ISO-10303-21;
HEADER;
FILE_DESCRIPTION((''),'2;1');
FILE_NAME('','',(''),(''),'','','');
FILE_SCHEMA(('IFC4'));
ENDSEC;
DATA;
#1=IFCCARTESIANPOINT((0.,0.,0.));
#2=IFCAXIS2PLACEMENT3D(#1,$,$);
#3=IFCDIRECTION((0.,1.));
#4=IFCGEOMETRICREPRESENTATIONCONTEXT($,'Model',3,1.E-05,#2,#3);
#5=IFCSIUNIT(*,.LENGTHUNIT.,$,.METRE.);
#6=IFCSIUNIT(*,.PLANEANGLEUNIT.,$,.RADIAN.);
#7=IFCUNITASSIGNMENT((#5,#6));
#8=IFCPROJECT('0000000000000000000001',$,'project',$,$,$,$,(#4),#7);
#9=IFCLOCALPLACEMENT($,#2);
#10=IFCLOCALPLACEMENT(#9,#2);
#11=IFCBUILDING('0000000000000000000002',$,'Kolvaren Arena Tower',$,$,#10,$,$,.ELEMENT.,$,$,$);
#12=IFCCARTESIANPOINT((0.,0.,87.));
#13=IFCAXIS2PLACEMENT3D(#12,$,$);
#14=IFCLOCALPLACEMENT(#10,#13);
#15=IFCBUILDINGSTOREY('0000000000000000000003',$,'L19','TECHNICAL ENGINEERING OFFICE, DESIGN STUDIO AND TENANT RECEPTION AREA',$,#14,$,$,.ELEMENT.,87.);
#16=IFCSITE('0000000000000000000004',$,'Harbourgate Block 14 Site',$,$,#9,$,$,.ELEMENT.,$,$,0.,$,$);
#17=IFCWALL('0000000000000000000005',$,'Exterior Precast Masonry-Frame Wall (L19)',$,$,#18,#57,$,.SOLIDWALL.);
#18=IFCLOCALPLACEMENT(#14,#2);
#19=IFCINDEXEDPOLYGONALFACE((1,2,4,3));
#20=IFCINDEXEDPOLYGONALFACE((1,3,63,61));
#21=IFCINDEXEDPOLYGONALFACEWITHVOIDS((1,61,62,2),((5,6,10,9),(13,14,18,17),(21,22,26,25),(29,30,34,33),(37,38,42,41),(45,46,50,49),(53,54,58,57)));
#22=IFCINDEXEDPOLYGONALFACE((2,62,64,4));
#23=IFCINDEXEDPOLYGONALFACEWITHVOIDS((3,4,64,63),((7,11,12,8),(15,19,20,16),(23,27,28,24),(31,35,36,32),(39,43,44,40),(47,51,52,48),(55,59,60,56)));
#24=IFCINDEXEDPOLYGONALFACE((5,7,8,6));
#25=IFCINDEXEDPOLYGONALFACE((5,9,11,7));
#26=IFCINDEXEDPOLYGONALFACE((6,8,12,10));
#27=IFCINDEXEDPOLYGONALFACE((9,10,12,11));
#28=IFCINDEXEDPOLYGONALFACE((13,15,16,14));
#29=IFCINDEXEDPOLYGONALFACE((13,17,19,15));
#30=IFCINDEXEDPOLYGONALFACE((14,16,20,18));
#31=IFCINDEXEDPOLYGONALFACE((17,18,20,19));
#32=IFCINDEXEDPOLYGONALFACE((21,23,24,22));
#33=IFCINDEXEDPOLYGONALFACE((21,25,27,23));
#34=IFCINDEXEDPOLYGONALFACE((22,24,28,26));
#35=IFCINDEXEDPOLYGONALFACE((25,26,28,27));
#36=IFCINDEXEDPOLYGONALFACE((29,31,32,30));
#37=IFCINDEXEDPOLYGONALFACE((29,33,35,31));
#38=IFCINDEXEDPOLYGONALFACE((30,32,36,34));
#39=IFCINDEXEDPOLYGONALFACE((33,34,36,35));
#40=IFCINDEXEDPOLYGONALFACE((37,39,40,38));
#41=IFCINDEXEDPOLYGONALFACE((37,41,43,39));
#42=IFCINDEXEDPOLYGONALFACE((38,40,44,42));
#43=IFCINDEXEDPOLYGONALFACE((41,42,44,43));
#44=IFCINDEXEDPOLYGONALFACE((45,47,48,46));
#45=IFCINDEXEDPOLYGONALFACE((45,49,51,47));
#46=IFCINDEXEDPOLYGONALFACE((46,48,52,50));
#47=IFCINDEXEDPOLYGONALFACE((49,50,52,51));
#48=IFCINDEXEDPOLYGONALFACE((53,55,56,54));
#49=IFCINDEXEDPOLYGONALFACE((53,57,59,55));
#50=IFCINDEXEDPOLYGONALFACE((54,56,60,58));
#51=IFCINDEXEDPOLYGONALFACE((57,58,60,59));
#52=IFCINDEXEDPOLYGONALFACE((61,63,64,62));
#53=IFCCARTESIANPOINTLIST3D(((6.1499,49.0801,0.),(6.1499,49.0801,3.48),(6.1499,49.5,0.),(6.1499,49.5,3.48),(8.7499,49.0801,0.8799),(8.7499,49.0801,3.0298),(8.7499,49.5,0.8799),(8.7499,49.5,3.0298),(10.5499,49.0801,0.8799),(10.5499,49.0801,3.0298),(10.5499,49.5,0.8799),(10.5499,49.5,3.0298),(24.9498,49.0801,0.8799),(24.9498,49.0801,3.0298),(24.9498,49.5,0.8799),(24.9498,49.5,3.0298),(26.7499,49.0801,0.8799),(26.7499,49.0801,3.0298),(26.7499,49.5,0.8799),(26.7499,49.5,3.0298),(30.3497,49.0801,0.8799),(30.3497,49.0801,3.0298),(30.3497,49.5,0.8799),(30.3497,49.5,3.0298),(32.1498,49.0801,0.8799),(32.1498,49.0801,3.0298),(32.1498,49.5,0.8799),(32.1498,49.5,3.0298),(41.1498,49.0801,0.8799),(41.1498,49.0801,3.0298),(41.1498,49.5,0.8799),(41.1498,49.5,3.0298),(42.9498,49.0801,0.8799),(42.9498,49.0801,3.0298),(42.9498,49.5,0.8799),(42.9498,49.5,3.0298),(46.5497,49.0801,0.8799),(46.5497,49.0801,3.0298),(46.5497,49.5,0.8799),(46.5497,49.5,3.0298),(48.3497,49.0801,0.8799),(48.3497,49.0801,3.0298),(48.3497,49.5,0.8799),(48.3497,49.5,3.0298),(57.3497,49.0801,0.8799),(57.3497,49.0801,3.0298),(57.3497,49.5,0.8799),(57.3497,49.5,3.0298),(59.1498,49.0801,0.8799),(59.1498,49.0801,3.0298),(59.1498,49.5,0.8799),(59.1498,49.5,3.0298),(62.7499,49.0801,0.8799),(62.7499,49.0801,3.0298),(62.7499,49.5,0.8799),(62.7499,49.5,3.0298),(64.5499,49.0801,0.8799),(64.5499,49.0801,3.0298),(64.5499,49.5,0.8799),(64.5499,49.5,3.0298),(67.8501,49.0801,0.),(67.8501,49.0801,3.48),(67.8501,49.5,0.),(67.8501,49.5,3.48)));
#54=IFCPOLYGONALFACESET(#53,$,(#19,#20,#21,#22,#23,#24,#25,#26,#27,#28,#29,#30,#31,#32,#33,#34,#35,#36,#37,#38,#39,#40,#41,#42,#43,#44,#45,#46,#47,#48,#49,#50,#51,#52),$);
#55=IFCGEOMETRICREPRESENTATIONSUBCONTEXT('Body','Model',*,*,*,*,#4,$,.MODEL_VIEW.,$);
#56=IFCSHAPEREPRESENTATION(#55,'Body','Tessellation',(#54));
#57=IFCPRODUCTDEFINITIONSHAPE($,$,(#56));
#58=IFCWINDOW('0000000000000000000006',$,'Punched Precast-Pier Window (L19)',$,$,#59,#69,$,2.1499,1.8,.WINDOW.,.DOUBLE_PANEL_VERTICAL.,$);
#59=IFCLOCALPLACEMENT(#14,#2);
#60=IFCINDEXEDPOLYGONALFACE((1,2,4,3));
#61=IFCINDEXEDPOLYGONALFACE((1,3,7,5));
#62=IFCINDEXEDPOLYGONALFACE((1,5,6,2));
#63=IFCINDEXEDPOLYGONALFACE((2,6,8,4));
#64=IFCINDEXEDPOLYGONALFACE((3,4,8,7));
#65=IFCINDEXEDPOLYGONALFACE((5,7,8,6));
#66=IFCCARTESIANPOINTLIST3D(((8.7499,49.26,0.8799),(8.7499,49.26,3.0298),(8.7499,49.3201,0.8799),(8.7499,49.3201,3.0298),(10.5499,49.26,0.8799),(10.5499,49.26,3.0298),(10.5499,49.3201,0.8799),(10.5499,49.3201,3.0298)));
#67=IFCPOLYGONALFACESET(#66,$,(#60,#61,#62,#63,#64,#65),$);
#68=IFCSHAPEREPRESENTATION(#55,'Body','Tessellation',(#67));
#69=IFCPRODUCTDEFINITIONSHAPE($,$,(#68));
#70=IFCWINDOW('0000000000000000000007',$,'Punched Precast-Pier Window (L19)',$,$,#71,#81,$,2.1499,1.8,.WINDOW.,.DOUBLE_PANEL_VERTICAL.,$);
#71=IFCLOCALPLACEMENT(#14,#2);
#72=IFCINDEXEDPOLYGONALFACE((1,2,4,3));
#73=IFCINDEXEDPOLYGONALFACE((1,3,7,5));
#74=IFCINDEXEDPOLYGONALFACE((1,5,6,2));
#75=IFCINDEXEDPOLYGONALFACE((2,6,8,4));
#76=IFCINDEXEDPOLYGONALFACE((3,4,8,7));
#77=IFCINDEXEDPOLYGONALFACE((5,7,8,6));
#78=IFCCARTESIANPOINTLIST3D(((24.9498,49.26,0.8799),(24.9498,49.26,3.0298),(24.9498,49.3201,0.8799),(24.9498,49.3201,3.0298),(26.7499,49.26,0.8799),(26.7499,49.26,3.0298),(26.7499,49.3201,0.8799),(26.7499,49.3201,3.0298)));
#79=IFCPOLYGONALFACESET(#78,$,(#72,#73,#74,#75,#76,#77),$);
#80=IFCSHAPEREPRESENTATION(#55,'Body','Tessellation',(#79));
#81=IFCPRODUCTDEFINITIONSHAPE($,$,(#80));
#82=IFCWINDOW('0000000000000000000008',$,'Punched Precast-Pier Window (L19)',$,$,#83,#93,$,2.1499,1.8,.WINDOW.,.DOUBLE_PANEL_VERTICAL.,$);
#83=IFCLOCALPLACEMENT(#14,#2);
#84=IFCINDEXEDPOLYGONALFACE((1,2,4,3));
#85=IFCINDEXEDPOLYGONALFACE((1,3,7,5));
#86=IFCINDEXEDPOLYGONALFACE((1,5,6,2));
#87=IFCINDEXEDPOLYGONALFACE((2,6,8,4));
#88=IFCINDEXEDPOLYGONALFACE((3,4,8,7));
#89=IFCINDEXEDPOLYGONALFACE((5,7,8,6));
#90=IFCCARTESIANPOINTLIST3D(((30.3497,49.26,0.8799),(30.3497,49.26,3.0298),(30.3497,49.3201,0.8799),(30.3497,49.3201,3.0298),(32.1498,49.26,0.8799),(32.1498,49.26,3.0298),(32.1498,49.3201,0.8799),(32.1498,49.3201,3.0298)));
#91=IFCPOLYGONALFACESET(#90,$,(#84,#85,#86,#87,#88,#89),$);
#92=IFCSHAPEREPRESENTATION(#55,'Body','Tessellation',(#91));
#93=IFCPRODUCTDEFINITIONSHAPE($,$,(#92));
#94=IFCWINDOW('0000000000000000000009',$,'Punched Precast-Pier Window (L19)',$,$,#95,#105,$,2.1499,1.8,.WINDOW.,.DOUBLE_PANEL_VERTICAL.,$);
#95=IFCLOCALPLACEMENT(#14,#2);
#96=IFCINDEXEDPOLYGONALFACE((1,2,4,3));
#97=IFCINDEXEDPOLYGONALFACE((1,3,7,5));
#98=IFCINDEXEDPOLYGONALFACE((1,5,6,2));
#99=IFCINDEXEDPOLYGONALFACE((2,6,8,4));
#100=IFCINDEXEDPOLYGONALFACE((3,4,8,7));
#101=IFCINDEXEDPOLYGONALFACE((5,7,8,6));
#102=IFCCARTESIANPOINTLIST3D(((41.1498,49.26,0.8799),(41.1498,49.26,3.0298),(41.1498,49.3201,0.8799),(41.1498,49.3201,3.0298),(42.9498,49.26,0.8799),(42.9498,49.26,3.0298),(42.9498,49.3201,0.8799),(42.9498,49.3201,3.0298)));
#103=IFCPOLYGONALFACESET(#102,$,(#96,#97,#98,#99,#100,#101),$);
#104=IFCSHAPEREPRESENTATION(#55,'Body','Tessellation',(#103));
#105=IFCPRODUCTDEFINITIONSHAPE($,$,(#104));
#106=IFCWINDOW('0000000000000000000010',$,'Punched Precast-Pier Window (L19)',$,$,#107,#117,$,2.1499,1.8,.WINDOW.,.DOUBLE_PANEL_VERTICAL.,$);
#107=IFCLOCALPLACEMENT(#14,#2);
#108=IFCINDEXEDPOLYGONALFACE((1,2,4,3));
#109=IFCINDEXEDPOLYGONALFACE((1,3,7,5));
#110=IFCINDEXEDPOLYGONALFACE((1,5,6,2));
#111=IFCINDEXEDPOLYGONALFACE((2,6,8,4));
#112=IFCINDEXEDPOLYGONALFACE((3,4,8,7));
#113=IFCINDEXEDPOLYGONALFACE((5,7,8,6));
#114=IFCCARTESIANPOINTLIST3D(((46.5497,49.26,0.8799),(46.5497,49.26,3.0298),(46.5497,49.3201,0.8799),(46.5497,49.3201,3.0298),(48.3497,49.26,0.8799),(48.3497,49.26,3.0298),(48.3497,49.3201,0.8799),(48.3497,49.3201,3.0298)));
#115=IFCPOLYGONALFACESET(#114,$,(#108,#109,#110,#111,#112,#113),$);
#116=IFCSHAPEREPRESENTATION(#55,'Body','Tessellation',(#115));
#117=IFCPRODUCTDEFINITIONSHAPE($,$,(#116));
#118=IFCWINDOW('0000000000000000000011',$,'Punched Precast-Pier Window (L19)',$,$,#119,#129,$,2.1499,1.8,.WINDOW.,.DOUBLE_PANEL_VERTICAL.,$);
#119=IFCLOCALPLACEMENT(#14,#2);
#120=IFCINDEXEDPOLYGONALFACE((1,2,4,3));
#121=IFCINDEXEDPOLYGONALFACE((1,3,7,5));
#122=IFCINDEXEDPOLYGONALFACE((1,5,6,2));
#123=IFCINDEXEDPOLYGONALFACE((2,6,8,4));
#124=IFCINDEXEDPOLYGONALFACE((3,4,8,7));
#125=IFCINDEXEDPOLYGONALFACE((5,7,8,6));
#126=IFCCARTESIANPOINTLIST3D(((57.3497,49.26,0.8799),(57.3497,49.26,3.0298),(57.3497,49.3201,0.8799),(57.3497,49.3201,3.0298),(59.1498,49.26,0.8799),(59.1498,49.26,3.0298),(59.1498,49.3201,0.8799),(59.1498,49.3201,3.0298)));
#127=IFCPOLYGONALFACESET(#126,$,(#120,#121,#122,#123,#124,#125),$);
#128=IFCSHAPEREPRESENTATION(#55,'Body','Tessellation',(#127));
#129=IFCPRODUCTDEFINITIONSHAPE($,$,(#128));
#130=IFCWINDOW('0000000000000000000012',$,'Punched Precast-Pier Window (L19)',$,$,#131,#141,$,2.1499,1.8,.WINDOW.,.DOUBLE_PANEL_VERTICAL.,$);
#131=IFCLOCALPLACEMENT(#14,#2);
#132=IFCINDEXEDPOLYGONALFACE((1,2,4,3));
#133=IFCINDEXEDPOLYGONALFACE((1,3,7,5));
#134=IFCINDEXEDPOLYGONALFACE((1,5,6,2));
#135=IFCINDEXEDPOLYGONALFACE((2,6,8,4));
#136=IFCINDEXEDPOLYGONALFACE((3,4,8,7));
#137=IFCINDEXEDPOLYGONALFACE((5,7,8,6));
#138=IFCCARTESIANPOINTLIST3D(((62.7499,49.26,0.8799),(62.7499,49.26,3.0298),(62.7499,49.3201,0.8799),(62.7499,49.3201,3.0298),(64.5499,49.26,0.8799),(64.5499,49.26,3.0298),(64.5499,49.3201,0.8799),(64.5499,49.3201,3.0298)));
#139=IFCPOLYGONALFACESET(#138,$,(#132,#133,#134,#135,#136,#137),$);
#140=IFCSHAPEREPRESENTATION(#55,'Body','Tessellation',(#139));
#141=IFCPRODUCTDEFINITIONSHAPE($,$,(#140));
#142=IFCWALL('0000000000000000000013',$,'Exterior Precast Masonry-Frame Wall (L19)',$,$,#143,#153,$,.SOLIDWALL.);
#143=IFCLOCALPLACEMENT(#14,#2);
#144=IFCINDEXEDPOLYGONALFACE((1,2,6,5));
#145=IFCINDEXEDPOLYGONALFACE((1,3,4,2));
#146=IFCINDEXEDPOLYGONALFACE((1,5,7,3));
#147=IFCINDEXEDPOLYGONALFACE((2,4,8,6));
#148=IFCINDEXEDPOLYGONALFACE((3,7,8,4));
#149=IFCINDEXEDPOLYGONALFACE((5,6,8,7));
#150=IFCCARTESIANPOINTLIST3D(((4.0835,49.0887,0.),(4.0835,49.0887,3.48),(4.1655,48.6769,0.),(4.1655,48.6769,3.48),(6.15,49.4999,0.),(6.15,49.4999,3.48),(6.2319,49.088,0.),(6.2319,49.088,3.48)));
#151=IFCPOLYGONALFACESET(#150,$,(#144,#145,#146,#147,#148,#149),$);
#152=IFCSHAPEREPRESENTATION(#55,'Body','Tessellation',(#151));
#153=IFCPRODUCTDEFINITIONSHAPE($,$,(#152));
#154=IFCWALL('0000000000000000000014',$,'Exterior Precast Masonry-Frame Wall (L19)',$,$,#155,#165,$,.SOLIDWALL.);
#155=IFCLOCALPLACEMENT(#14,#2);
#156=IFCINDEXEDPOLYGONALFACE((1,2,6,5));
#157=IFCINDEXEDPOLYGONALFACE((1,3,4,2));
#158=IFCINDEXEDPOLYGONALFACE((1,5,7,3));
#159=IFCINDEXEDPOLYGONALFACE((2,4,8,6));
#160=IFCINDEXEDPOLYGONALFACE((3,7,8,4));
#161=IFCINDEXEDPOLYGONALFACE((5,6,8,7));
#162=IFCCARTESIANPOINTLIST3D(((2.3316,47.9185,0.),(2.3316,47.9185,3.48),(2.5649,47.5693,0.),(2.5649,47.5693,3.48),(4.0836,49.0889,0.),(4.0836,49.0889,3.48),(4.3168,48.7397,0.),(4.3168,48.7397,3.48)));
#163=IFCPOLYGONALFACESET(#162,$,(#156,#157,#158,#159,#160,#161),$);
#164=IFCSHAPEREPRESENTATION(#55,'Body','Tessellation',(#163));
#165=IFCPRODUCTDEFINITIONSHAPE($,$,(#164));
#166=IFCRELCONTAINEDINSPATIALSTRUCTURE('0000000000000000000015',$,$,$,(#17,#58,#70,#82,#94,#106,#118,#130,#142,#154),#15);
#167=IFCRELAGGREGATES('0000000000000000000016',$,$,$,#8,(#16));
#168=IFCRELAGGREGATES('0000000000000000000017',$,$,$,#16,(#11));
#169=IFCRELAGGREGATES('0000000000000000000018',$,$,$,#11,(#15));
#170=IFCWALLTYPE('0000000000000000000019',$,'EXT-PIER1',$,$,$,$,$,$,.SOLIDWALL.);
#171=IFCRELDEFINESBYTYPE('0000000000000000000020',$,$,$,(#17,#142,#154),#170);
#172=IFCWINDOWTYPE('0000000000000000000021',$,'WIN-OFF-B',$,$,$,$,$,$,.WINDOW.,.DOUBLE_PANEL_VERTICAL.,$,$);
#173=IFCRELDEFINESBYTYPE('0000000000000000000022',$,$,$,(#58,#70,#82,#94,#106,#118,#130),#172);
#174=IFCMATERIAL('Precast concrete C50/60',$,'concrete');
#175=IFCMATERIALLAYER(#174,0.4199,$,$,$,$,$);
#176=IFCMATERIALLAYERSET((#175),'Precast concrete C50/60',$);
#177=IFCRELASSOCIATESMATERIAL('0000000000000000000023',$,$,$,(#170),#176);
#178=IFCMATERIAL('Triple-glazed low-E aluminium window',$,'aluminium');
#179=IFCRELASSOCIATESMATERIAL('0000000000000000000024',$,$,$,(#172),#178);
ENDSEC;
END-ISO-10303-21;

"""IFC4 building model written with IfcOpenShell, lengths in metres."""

from ifc_helpers import new_model, si_unit, direction, frame, frame_2d, origin, place, context, subcontext, project, spatial, rectangle, extrude, material, layer, layer_set, type_object, element, fill, save


model = new_model("IFC4")

# Units and contexts
model_context = context("Model", 3, precision=1e-05, world=origin(), true_north=direction((0.0, 1.0)))
body_context = subcontext(model_context, "Body", "Model", "MODEL_VIEW")
ifc_project = project(units=[si_unit("LENGTHUNIT", "METRE"), si_unit("PLANEANGLEUNIT", "RADIAN")], contexts=[model_context])

# Site, building, storey
site_placement = place(None, origin())
site = spatial("IfcSite", under=ifc_project, at=site_placement, Name="Harbourgate Block 14 Site", CompositionType="ELEMENT", RefElevation=0.0)
building_placement = place(site_placement, origin())
building = spatial("IfcBuilding", under=site, at=building_placement, Name="Kolvaren Arena Tower", CompositionType="ELEMENT")
storey_placement = place(building_placement, frame((0.0, 0.0, 87.0)))
storey = spatial("IfcBuildingStorey", under=building, at=storey_placement, Name="L19", Description="TECHNICAL ENGINEERING OFFICE, DESIGN STUDIO AND TENANT RECEPTION AREA", CompositionType="ELEMENT", Elevation=87.0)

# Wall, openings, windows
ifc_material_1 = material(Name="Precast concrete C50/60", Category="concrete")
ifc_layer_1 = layer(ifc_material_1, 0.4199)
ifc_layer_set_1 = layer_set([ifc_layer_1], Name="Precast concrete C50/60")
wall_type_1 = type_object("IfcWallType", Name="EXT-PIER1", PredefinedType="SOLIDWALL", material=ifc_layer_set_1)
wall_1_placement = place(storey_placement, frame((6.1499, 49.29, 0.0), z_axis=(0.0, 0.0, 1.0), x_axis=(1.0, 0.0, 0.0)))
wall_1 = element("IfcWall", 1, at=wall_1_placement, inside=storey, type_object=wall_type_1, Name="Exterior Precast Masonry-Frame Wall (L19)", PredefinedType="SOLIDWALL", context=body_context, shape_type="SweptSolid", body=[
    extrude(rectangle(XDim=61.7002, YDim=0.4199, at=frame_2d((30.8501, 0.0))), origin(), (0.0, 0.0, 1.0), 3.48),
])
opening_1_placement = place(wall_1_placement, frame((2.6001, 0.0, 0.8799)))
opening_1 = element("IfcOpeningElement", 2, at=opening_1_placement, cuts=wall_1, PredefinedType="OPENING", context=body_context, shape_type="SweptSolid", body=[
    extrude(rectangle(XDim=1.8, YDim=2.1499, at=frame_2d((0.8999, 1.075))), frame((0.0, 0.22, 0.0), z_axis=(0.0, -1.0, 0.0), x_axis=(1.0, 0.0, 0.0)), (0.0, 0.0, 1.0), 0.4399),
])
opening_2_placement = place(wall_1_placement, frame((18.8, 0.0, 0.8799)))
opening_2 = element("IfcOpeningElement", 3, at=opening_2_placement, cuts=wall_1, PredefinedType="OPENING", context=body_context, shape_type="SweptSolid", body=[
    extrude(rectangle(XDim=1.8, YDim=2.1499, at=frame_2d((0.8999, 1.075))), frame((0.0, 0.22, 0.0), z_axis=(0.0, -1.0, 0.0), x_axis=(1.0, 0.0, 0.0)), (0.0, 0.0, 1.0), 0.4399),
])
opening_3_placement = place(wall_1_placement, frame((24.2, 0.0, 0.8799)))
opening_3 = element("IfcOpeningElement", 4, at=opening_3_placement, cuts=wall_1, PredefinedType="OPENING", context=body_context, shape_type="SweptSolid", body=[
    extrude(rectangle(XDim=1.8, YDim=2.1499, at=frame_2d((0.8999, 1.075))), frame((0.0, 0.22, 0.0), z_axis=(0.0, -1.0, 0.0), x_axis=(1.0, 0.0, 0.0)), (0.0, 0.0, 1.0), 0.4399),
])
opening_4_placement = place(wall_1_placement, frame((35.0, 0.0, 0.8799)))
opening_4 = element("IfcOpeningElement", 5, at=opening_4_placement, cuts=wall_1, PredefinedType="OPENING", context=body_context, shape_type="SweptSolid", body=[
    extrude(rectangle(XDim=1.8, YDim=2.1499, at=frame_2d((0.8999, 1.075))), frame((0.0, 0.22, 0.0), z_axis=(0.0, -1.0, 0.0), x_axis=(1.0, 0.0, 0.0)), (0.0, 0.0, 1.0), 0.4399),
])
opening_5_placement = place(wall_1_placement, frame((40.3999, 0.0, 0.8799)))
opening_5 = element("IfcOpeningElement", 6, at=opening_5_placement, cuts=wall_1, PredefinedType="OPENING", context=body_context, shape_type="SweptSolid", body=[
    extrude(rectangle(XDim=1.8, YDim=2.1499, at=frame_2d((0.8999, 1.075))), frame((0.0, 0.22, 0.0), z_axis=(0.0, -1.0, 0.0), x_axis=(1.0, 0.0, 0.0)), (0.0, 0.0, 1.0), 0.4399),
])
opening_6_placement = place(wall_1_placement, frame((51.2, 0.0, 0.8799)))
opening_6 = element("IfcOpeningElement", 7, at=opening_6_placement, cuts=wall_1, PredefinedType="OPENING", context=body_context, shape_type="SweptSolid", body=[
    extrude(rectangle(XDim=1.8, YDim=2.1499, at=frame_2d((0.8999, 1.075))), frame((0.0, 0.22, 0.0), z_axis=(0.0, -1.0, 0.0), x_axis=(1.0, 0.0, 0.0)), (0.0, 0.0, 1.0), 0.4399),
])
opening_7_placement = place(wall_1_placement, frame((56.6001, 0.0, 0.8799)))
opening_7 = element("IfcOpeningElement", 8, at=opening_7_placement, cuts=wall_1, PredefinedType="OPENING", context=body_context, shape_type="SweptSolid", body=[
    extrude(rectangle(XDim=1.8, YDim=2.1499, at=frame_2d((0.8999, 1.075))), frame((0.0, 0.22, 0.0), z_axis=(0.0, -1.0, 0.0), x_axis=(1.0, 0.0, 0.0)), (0.0, 0.0, 1.0), 0.4399),
])
ifc_material_2 = material(Name="Triple-glazed low-E aluminium window", Category="aluminium")
window_type = type_object("IfcWindowType", Name="WIN-OFF-B", PartitioningType="DOUBLE_PANEL_VERTICAL", PredefinedType="WINDOW", material=ifc_material_2)
window_1_placement = place(opening_1_placement, origin())
window_1 = element("IfcWindow", 9, at=window_1_placement, inside=storey, type_object=window_type, Name="Punched Precast-Pier Window (L19)", OverallHeight=2.1499, OverallWidth=1.8, PartitioningType="DOUBLE_PANEL_VERTICAL", PredefinedType="WINDOW", context=body_context, shape_type="SweptSolid", body=[
    extrude(rectangle(XDim=1.8, YDim=2.1499, at=frame_2d((0.8999, 1.075))), frame((0.0, 0.03, 0.0), z_axis=(0.0, -1.0, 0.0), x_axis=(1.0, 0.0, 0.0)), (0.0, 0.0, 1.0), 0.0601),
])
fill(opening_1, window_1)
window_2_placement = place(opening_2_placement, origin())
window_2 = element("IfcWindow", 10, at=window_2_placement, inside=storey, type_object=window_type, Name="Punched Precast-Pier Window (L19)", OverallHeight=2.1499, OverallWidth=1.8, PartitioningType="DOUBLE_PANEL_VERTICAL", PredefinedType="WINDOW", context=body_context, shape_type="SweptSolid", body=[
    extrude(rectangle(XDim=1.8, YDim=2.1499, at=frame_2d((0.8999, 1.075))), frame((0.0, 0.03, 0.0), z_axis=(0.0, -1.0, 0.0), x_axis=(1.0, 0.0, 0.0)), (0.0, 0.0, 1.0), 0.0601),
])
fill(opening_2, window_2)
window_3_placement = place(opening_3_placement, origin())
window_3 = element("IfcWindow", 11, at=window_3_placement, inside=storey, type_object=window_type, Name="Punched Precast-Pier Window (L19)", OverallHeight=2.1499, OverallWidth=1.8, PartitioningType="DOUBLE_PANEL_VERTICAL", PredefinedType="WINDOW", context=body_context, shape_type="SweptSolid", body=[
    extrude(rectangle(XDim=1.8, YDim=2.1499, at=frame_2d((0.8999, 1.075))), frame((0.0, 0.03, 0.0), z_axis=(0.0, -1.0, 0.0), x_axis=(1.0, 0.0, 0.0)), (0.0, 0.0, 1.0), 0.0601),
])
fill(opening_3, window_3)
window_4_placement = place(opening_4_placement, origin())
window_4 = element("IfcWindow", 12, at=window_4_placement, inside=storey, type_object=window_type, Name="Punched Precast-Pier Window (L19)", OverallHeight=2.1499, OverallWidth=1.8, PartitioningType="DOUBLE_PANEL_VERTICAL", PredefinedType="WINDOW", context=body_context, shape_type="SweptSolid", body=[
    extrude(rectangle(XDim=1.8, YDim=2.1499, at=frame_2d((0.8999, 1.075))), frame((0.0, 0.03, 0.0), z_axis=(0.0, -1.0, 0.0), x_axis=(1.0, 0.0, 0.0)), (0.0, 0.0, 1.0), 0.0601),
])
fill(opening_4, window_4)
window_5_placement = place(opening_5_placement, origin())
window_5 = element("IfcWindow", 13, at=window_5_placement, inside=storey, type_object=window_type, Name="Punched Precast-Pier Window (L19)", OverallHeight=2.1499, OverallWidth=1.8, PartitioningType="DOUBLE_PANEL_VERTICAL", PredefinedType="WINDOW", context=body_context, shape_type="SweptSolid", body=[
    extrude(rectangle(XDim=1.8, YDim=2.1499, at=frame_2d((0.8999, 1.075))), frame((0.0, 0.03, 0.0), z_axis=(0.0, -1.0, 0.0), x_axis=(1.0, 0.0, 0.0)), (0.0, 0.0, 1.0), 0.0601),
])
fill(opening_5, window_5)
window_6_placement = place(opening_6_placement, origin())
window_6 = element("IfcWindow", 14, at=window_6_placement, inside=storey, type_object=window_type, Name="Punched Precast-Pier Window (L19)", OverallHeight=2.1499, OverallWidth=1.8, PartitioningType="DOUBLE_PANEL_VERTICAL", PredefinedType="WINDOW", context=body_context, shape_type="SweptSolid", body=[
    extrude(rectangle(XDim=1.8, YDim=2.1499, at=frame_2d((0.8999, 1.075))), frame((0.0, 0.03, 0.0), z_axis=(0.0, -1.0, 0.0), x_axis=(1.0, 0.0, 0.0)), (0.0, 0.0, 1.0), 0.0601),
])
fill(opening_6, window_6)
window_7_placement = place(opening_7_placement, origin())
window_7 = element("IfcWindow", 15, at=window_7_placement, inside=storey, type_object=window_type, Name="Punched Precast-Pier Window (L19)", OverallHeight=2.1499, OverallWidth=1.8, PartitioningType="DOUBLE_PANEL_VERTICAL", PredefinedType="WINDOW", context=body_context, shape_type="SweptSolid", body=[
    extrude(rectangle(XDim=1.8, YDim=2.1499, at=frame_2d((0.8999, 1.075))), frame((0.0, 0.03, 0.0), z_axis=(0.0, -1.0, 0.0), x_axis=(1.0, 0.0, 0.0)), (0.0, 0.0, 1.0), 0.0601),
])
fill(opening_7, window_7)

# Walls
for number, where, z_axis, x_axis, name in (
    (16, (4.1245, 48.8828, 0.0), (0.0, 0.0, 1.0), (0.980776, 0.195136, 0.0), "Exterior Precast Masonry-Frame Wall (L19)"),
    (17, (2.4482, 47.7439, 0.0), (0.0, 0.0, 1.0), (0.831515, 0.555502, 0.0), "Exterior Precast Masonry-Frame Wall (L19)"),
):
    element("IfcWall", number, at=place(storey_placement, frame(where, z_axis=z_axis, x_axis=x_axis)), inside=storey, type_object=wall_type_1, Name=name, PredefinedType="SOLIDWALL", context=body_context, shape_type="SweptSolid", body=[
        extrude(rectangle(XDim=2.1069, YDim=0.4199, at=frame_2d((1.0535, 0.0))), origin(), (0.0, 0.0, 1.0), 3.48),
    ])

save(model, "model.ifc")
